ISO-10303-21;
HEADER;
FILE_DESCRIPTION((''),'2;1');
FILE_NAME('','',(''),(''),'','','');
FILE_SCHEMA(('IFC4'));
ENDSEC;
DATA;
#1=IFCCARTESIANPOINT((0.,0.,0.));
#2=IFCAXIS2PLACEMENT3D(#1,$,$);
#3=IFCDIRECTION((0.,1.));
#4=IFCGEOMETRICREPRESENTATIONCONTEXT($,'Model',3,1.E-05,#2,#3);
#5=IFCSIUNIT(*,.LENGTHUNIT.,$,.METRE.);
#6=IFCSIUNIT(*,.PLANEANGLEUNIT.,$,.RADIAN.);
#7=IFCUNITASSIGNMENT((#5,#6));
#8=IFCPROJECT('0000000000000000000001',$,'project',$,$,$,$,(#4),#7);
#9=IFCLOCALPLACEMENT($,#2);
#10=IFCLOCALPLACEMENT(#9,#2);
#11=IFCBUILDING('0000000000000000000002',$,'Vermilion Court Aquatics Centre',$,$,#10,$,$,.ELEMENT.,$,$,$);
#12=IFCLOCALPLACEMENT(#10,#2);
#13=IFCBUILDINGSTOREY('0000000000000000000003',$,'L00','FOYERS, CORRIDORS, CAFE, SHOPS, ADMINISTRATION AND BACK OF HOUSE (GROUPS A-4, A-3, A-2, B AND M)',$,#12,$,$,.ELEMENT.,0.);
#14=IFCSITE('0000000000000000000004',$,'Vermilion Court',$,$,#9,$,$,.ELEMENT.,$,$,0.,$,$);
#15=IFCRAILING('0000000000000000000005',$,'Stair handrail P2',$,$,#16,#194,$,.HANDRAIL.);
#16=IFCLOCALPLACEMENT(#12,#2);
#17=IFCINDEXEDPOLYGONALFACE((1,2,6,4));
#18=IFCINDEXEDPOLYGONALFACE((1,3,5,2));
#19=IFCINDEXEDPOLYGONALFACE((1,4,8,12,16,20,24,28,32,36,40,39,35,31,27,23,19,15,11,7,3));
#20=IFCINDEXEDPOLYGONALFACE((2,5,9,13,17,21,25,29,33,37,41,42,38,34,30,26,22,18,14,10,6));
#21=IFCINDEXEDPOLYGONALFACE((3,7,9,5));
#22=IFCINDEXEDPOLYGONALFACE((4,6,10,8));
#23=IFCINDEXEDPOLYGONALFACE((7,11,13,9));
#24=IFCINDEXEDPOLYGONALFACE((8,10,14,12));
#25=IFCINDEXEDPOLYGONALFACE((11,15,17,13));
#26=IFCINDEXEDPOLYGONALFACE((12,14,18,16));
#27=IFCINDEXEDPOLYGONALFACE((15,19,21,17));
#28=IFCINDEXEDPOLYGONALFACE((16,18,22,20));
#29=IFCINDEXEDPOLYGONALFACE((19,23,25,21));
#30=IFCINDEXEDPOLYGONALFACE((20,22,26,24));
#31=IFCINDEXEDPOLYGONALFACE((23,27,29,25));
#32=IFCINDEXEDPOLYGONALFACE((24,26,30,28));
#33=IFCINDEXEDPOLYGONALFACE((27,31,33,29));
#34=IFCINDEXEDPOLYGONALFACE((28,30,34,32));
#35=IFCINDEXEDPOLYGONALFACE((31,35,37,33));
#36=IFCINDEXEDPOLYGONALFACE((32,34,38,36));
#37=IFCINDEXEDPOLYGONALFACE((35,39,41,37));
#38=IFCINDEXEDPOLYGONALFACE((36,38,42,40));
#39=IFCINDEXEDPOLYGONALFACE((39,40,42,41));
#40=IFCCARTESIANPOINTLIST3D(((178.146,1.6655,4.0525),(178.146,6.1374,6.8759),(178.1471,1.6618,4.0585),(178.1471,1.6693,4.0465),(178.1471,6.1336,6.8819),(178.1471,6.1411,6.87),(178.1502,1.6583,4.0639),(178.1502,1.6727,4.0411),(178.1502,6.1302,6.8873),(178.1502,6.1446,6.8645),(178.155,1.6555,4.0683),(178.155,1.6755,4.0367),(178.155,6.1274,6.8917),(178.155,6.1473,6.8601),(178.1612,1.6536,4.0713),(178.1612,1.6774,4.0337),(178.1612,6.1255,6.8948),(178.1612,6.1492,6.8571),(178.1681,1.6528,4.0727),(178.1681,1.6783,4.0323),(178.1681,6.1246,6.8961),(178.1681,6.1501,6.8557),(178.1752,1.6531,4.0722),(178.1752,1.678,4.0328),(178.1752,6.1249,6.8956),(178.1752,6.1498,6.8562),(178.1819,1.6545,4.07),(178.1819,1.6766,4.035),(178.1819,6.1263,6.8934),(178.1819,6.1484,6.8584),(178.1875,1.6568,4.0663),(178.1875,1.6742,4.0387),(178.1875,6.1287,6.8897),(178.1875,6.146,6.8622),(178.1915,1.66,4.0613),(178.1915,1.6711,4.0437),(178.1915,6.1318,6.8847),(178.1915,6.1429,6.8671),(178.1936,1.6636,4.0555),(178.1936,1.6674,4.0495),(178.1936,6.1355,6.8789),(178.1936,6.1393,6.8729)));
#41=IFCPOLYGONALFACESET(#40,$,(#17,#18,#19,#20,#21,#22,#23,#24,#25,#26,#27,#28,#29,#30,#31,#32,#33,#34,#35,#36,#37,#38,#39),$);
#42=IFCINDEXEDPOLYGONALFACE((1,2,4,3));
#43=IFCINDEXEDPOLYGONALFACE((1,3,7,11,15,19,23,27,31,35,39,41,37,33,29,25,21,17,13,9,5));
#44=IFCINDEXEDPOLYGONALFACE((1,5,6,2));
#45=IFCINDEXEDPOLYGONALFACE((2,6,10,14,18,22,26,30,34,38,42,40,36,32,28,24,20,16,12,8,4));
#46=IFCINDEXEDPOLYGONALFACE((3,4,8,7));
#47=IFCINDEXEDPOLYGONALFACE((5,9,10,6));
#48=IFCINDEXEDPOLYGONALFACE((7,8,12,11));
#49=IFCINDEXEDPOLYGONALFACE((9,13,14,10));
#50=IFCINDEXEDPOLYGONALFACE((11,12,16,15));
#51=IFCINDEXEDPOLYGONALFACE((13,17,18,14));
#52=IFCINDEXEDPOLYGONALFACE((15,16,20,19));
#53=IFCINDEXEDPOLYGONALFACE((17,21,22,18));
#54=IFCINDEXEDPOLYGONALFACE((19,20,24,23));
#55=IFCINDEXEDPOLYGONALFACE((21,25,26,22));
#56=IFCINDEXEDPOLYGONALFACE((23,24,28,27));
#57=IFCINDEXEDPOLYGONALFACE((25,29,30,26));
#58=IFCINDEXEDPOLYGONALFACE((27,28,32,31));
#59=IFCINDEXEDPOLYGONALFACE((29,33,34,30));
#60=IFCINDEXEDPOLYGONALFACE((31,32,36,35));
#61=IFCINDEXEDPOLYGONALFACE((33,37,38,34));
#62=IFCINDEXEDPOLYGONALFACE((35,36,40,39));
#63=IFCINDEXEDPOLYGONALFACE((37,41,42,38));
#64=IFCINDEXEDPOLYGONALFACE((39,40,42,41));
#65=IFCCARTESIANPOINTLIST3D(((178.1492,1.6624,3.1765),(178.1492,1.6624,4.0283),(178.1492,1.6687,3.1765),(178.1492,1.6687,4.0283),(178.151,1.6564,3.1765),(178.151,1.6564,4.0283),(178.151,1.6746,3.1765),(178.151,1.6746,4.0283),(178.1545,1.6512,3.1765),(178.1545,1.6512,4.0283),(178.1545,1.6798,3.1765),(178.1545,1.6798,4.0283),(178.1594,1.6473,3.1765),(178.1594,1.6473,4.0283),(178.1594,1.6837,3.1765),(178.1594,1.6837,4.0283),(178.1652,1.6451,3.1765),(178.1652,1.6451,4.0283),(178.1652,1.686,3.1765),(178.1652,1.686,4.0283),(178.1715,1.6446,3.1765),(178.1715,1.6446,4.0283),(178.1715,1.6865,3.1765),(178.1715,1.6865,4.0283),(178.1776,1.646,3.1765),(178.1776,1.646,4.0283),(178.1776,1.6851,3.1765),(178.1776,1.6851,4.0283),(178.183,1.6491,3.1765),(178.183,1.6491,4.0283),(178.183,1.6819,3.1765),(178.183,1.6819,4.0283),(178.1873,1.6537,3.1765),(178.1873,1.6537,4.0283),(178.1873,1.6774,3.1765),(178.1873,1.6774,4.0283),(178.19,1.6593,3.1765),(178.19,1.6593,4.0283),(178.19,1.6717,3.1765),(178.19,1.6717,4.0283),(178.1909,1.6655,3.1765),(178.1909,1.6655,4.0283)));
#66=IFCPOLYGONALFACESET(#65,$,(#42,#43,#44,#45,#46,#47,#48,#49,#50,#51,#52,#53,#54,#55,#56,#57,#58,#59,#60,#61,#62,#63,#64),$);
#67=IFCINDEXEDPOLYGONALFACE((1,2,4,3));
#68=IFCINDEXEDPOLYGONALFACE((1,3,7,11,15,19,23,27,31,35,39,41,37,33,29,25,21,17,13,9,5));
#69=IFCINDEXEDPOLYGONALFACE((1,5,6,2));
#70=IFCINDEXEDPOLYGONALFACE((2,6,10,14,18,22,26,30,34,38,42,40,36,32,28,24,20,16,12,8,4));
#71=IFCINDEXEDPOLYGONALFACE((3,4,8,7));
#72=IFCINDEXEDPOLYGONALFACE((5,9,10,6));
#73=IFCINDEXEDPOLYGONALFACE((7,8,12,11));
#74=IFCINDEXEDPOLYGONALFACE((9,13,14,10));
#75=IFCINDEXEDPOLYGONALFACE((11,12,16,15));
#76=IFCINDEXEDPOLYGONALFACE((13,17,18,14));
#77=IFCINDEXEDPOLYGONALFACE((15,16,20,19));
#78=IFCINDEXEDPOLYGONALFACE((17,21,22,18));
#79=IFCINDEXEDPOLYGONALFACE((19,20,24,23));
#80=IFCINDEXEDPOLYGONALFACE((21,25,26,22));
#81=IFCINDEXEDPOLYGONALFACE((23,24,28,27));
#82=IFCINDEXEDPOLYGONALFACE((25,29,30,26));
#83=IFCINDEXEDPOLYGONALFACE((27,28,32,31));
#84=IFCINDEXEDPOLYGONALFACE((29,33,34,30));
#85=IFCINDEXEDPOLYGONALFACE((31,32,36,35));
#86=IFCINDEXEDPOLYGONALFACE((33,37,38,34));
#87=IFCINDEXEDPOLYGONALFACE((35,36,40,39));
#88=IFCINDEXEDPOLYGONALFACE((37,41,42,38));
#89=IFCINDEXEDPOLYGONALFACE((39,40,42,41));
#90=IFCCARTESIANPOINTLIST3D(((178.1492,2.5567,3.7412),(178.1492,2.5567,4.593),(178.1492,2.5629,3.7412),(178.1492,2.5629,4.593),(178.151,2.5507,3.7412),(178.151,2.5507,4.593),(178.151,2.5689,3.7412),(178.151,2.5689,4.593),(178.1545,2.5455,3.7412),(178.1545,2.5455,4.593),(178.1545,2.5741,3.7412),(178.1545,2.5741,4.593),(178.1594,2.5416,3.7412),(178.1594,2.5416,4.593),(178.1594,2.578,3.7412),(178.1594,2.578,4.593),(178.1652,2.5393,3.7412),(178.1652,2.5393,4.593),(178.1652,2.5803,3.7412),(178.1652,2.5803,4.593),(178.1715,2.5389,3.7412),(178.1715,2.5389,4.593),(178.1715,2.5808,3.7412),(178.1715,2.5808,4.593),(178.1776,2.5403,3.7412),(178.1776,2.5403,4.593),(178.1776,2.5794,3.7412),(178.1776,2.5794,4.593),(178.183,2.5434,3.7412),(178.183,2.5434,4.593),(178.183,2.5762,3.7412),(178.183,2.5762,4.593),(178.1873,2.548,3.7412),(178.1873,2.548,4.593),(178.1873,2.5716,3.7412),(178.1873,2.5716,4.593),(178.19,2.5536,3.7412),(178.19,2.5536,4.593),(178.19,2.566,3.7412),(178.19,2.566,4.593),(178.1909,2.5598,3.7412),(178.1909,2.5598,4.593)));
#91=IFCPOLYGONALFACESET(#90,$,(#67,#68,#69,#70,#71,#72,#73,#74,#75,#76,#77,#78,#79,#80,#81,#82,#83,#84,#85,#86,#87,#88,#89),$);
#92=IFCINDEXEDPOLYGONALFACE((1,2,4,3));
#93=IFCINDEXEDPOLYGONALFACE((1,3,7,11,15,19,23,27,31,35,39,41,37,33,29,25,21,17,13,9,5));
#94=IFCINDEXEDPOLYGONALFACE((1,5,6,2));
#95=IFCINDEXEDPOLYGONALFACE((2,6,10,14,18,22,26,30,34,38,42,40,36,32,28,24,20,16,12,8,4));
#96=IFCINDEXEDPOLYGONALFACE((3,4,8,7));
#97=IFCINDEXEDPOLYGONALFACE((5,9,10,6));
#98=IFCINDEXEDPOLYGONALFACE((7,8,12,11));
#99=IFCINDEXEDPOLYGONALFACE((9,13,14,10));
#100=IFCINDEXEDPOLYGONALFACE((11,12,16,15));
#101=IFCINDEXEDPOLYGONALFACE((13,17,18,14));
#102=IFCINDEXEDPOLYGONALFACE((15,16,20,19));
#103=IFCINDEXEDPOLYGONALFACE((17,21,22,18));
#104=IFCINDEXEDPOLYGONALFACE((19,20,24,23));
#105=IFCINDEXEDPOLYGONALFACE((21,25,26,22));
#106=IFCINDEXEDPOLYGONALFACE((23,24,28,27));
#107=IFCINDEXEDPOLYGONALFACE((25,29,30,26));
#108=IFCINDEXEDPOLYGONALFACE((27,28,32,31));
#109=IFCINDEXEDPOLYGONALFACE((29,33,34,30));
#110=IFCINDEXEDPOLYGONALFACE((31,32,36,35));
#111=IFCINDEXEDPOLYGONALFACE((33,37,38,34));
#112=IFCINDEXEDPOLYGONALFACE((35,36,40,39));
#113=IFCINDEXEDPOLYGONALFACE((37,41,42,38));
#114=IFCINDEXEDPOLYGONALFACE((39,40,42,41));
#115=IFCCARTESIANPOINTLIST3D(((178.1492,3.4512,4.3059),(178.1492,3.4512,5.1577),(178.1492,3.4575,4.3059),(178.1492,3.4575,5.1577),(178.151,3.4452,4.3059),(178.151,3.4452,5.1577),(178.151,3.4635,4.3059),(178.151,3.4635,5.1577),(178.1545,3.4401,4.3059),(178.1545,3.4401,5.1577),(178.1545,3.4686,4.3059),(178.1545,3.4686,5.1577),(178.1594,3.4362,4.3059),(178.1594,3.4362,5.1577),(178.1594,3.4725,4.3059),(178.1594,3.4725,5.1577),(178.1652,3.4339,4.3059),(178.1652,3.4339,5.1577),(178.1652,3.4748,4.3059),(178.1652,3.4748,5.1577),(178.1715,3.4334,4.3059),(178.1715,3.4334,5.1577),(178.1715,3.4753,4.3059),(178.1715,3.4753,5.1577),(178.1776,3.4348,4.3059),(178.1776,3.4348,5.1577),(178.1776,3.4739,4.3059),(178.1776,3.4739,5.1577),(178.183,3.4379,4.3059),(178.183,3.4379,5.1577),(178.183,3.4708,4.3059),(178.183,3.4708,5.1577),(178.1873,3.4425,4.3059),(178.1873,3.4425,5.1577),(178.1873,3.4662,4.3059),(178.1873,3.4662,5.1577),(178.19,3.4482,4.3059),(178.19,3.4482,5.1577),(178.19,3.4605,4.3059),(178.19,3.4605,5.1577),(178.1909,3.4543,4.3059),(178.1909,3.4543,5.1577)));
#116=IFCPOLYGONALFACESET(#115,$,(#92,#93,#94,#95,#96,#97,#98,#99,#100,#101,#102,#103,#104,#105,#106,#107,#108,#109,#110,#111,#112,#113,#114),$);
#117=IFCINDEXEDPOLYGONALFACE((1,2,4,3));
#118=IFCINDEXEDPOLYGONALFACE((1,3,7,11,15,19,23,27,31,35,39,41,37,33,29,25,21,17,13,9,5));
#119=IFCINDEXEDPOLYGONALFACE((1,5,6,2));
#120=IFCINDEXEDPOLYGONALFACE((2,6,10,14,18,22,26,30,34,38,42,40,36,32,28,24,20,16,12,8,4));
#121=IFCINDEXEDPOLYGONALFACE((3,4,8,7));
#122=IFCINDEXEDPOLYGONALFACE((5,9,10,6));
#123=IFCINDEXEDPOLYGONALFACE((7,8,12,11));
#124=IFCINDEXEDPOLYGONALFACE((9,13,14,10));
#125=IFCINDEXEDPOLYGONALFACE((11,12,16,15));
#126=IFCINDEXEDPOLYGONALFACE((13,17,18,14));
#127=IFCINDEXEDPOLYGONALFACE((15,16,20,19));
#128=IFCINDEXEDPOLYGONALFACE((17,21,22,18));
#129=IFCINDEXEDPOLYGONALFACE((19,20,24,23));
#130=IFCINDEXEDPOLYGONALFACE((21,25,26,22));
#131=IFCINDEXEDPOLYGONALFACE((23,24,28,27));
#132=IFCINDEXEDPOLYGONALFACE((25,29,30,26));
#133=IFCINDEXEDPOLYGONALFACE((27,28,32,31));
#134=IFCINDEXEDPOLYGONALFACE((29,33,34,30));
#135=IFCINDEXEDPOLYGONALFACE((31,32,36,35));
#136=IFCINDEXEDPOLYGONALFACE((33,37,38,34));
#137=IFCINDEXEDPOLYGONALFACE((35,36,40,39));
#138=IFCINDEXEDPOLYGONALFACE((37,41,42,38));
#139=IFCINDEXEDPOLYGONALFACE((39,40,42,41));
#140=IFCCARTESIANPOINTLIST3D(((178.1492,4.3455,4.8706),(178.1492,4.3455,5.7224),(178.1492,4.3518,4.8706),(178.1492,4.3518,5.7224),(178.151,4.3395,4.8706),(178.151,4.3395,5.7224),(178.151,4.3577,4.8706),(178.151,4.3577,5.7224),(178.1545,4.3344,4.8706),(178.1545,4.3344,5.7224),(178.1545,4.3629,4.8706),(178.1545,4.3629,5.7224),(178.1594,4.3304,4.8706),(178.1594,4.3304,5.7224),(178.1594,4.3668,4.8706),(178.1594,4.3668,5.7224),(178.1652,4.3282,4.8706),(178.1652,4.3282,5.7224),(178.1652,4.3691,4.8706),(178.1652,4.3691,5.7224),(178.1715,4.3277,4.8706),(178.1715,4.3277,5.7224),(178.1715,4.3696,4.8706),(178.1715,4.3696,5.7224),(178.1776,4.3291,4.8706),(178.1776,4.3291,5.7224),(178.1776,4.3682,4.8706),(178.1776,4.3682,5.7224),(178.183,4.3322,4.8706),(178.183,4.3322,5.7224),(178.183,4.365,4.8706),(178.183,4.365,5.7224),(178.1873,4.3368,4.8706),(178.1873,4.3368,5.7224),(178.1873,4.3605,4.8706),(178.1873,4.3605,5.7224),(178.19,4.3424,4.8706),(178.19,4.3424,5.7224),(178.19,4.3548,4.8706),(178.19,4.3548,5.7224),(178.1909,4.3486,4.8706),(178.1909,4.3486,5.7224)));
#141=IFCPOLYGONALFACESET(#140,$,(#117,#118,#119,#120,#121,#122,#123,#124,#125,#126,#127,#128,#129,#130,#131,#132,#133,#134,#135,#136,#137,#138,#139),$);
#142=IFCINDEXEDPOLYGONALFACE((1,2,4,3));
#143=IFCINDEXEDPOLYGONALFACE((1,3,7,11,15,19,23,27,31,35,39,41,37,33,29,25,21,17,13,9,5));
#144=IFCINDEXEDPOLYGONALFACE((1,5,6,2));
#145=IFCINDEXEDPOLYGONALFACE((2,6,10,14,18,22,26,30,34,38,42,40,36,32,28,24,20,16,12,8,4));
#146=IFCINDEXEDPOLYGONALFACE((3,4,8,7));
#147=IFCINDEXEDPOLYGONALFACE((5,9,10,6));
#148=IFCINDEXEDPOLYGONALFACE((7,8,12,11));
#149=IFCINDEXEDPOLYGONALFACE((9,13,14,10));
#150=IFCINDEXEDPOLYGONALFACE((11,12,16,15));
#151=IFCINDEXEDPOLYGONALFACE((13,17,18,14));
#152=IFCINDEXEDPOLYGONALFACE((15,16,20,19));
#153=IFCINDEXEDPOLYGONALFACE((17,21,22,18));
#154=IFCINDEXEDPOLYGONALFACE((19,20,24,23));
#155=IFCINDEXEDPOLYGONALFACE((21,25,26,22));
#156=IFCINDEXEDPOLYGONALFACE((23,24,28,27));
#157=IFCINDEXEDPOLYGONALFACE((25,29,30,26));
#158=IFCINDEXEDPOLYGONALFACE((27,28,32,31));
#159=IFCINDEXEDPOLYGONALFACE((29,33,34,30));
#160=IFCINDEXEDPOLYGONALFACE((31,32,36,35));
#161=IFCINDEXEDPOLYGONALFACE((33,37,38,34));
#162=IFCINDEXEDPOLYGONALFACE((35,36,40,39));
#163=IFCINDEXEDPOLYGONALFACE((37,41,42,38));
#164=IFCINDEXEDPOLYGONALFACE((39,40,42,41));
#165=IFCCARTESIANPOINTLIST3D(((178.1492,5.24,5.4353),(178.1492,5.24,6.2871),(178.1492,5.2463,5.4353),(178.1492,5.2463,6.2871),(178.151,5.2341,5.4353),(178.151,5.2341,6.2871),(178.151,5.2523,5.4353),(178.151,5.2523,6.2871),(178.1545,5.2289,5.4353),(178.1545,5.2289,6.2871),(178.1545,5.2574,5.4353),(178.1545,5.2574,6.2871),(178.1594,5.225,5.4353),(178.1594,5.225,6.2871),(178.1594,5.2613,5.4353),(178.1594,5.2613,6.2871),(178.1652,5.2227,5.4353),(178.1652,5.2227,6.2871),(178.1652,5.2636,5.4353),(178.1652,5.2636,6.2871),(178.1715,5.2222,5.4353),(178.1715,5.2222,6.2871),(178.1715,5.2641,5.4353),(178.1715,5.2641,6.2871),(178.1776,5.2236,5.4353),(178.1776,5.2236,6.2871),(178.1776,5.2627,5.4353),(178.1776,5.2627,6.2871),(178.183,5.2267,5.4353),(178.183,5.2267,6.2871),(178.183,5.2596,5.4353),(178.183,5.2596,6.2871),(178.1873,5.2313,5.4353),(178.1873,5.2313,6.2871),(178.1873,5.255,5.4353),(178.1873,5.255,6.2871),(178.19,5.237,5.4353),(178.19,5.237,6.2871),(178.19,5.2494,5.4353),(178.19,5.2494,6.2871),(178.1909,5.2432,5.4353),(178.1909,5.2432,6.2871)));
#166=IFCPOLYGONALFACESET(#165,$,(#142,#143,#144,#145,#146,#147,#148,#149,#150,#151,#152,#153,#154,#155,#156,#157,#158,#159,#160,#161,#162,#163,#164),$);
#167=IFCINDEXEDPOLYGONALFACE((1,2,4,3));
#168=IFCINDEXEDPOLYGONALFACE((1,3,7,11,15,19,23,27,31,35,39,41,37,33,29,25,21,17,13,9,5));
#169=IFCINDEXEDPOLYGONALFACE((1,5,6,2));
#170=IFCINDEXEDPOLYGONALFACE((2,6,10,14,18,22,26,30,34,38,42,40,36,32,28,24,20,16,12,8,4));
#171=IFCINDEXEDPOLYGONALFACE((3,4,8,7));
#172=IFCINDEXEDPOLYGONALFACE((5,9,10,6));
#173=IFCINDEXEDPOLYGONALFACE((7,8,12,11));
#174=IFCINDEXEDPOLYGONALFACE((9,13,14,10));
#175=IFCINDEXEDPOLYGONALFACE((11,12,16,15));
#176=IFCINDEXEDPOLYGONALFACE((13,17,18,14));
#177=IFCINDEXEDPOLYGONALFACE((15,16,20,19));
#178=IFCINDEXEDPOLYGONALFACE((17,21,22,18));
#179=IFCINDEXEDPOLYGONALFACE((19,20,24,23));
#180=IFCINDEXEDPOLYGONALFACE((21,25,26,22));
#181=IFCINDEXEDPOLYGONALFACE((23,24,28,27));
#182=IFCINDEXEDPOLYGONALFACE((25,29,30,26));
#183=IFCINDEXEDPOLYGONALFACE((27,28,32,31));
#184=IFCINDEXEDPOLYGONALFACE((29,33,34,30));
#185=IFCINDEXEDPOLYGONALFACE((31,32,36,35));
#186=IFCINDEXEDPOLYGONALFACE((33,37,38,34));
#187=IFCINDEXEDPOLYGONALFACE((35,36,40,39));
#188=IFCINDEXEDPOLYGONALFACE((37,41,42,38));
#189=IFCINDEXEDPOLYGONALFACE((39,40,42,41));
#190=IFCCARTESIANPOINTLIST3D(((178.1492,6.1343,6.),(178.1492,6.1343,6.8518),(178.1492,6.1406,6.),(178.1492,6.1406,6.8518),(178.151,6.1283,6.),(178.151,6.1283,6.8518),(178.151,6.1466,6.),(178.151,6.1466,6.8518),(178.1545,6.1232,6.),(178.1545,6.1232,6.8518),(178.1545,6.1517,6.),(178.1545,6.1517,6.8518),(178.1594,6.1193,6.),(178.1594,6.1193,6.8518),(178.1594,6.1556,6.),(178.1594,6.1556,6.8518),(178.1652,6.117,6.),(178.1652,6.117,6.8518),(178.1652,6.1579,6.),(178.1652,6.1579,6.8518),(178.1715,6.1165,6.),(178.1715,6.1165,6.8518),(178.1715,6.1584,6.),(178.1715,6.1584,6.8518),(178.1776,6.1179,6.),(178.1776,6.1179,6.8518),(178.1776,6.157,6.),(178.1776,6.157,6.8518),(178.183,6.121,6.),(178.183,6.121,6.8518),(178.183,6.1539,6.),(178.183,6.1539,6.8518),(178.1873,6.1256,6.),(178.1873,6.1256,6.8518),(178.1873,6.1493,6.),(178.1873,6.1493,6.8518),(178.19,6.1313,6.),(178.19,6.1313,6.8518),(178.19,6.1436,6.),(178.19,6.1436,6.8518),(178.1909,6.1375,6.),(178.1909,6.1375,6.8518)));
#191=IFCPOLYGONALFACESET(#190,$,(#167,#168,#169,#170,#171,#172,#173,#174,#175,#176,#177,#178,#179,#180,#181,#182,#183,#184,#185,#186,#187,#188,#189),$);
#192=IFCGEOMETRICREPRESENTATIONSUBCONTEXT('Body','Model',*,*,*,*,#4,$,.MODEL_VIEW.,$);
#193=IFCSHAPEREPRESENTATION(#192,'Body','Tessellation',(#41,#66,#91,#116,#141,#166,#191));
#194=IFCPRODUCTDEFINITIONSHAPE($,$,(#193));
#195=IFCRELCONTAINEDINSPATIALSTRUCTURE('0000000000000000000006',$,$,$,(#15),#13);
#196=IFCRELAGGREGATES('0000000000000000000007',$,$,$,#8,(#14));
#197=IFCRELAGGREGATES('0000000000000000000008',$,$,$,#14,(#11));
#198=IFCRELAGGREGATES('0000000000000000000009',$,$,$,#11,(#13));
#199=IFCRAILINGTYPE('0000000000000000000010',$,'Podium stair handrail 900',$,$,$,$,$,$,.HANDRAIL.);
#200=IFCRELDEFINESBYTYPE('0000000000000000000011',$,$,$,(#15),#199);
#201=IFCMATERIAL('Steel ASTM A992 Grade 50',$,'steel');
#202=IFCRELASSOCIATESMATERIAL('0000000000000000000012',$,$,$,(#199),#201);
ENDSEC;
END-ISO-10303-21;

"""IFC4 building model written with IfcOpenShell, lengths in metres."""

from ifc_helpers import new_model, si_unit, direction, frame, origin, origin_2d, place, context, subcontext, project, spatial, circle, extrude, material, type_object, element, save


model = new_model("IFC4")

# Units and contexts
model_context = context("Model", 3, precision=1e-05, world=origin(), true_north=direction((0.0, 1.0)))
body_context = subcontext(model_context, "Body", "Model", "MODEL_VIEW")
ifc_project = project(units=[si_unit("LENGTHUNIT", "METRE"), si_unit("PLANEANGLEUNIT", "RADIAN")], contexts=[model_context])

# Site, building, storey
site_placement = place(None, origin())
site = spatial("IfcSite", under=ifc_project, at=site_placement, Name="Vermilion Court", CompositionType="ELEMENT", RefElevation=0.0)
building_placement = place(site_placement, origin())
building = spatial("IfcBuilding", under=site, at=building_placement, Name="Vermilion Court Aquatics Centre", CompositionType="ELEMENT")
storey_placement = place(building_placement, origin())
storey = spatial("IfcBuildingStorey", under=building, at=storey_placement, Name="L00", Description="FOYERS, CORRIDORS, CAFE, SHOPS, ADMINISTRATION AND BACK OF HOUSE (GROUPS A-4, A-3, A-2, B AND M)", CompositionType="ELEMENT", Elevation=0.0)

# Railing
ifc_material_1 = material(Name="Steel ASTM A992 Grade 50", Category="steel")
railing_type_1 = type_object("IfcRailingType", Name="Podium stair handrail 900", PredefinedType="HANDRAIL", material=ifc_material_1)
for number, where, name in (
    (1, (178.1699, 1.6655, 3.1765), "Stair handrail P2"),
):
    element("IfcRailing", number, at=place(storey_placement, frame(where)), inside=storey, type_object=railing_type_1, Name=name, PredefinedType="HANDRAIL", context=body_context, shape_type="SweptSolid", body=[
        extrude(circle(Radius=0.0239, at=origin_2d()), frame((0.0, 0.0, 0.876), z_axis=(0.0, 0.845565, 0.533873), x_axis=(-1.0, 0.0, 0.0)), (0.0, 0.0, 1.0), 5.2886),
        extrude(circle(Radius=0.021, at=origin_2d()), origin(), (0.0, 0.0, 1.0), 0.8518),
        extrude(circle(Radius=0.021, at=origin_2d()), frame((0.0, 0.8943, 0.5647)), (0.0, 0.0, 1.0), 0.8518),
        extrude(circle(Radius=0.021, at=origin_2d()), frame((0.0, 1.7888, 1.1294)), (0.0, 0.0, 1.0), 0.8518),
        extrude(circle(Radius=0.021, at=origin_2d()), frame((0.0, 2.6831, 1.6941)), (0.0, 0.0, 1.0), 0.8518),
        extrude(circle(Radius=0.021, at=origin_2d()), frame((0.0, 3.5776, 2.2588)), (0.0, 0.0, 1.0), 0.8518),
        extrude(circle(Radius=0.021, at=origin_2d()), frame((0.0, 4.4719, 2.8235)), (0.0, 0.0, 1.0), 0.8518),
    ])

save(model, "model.ifc")
